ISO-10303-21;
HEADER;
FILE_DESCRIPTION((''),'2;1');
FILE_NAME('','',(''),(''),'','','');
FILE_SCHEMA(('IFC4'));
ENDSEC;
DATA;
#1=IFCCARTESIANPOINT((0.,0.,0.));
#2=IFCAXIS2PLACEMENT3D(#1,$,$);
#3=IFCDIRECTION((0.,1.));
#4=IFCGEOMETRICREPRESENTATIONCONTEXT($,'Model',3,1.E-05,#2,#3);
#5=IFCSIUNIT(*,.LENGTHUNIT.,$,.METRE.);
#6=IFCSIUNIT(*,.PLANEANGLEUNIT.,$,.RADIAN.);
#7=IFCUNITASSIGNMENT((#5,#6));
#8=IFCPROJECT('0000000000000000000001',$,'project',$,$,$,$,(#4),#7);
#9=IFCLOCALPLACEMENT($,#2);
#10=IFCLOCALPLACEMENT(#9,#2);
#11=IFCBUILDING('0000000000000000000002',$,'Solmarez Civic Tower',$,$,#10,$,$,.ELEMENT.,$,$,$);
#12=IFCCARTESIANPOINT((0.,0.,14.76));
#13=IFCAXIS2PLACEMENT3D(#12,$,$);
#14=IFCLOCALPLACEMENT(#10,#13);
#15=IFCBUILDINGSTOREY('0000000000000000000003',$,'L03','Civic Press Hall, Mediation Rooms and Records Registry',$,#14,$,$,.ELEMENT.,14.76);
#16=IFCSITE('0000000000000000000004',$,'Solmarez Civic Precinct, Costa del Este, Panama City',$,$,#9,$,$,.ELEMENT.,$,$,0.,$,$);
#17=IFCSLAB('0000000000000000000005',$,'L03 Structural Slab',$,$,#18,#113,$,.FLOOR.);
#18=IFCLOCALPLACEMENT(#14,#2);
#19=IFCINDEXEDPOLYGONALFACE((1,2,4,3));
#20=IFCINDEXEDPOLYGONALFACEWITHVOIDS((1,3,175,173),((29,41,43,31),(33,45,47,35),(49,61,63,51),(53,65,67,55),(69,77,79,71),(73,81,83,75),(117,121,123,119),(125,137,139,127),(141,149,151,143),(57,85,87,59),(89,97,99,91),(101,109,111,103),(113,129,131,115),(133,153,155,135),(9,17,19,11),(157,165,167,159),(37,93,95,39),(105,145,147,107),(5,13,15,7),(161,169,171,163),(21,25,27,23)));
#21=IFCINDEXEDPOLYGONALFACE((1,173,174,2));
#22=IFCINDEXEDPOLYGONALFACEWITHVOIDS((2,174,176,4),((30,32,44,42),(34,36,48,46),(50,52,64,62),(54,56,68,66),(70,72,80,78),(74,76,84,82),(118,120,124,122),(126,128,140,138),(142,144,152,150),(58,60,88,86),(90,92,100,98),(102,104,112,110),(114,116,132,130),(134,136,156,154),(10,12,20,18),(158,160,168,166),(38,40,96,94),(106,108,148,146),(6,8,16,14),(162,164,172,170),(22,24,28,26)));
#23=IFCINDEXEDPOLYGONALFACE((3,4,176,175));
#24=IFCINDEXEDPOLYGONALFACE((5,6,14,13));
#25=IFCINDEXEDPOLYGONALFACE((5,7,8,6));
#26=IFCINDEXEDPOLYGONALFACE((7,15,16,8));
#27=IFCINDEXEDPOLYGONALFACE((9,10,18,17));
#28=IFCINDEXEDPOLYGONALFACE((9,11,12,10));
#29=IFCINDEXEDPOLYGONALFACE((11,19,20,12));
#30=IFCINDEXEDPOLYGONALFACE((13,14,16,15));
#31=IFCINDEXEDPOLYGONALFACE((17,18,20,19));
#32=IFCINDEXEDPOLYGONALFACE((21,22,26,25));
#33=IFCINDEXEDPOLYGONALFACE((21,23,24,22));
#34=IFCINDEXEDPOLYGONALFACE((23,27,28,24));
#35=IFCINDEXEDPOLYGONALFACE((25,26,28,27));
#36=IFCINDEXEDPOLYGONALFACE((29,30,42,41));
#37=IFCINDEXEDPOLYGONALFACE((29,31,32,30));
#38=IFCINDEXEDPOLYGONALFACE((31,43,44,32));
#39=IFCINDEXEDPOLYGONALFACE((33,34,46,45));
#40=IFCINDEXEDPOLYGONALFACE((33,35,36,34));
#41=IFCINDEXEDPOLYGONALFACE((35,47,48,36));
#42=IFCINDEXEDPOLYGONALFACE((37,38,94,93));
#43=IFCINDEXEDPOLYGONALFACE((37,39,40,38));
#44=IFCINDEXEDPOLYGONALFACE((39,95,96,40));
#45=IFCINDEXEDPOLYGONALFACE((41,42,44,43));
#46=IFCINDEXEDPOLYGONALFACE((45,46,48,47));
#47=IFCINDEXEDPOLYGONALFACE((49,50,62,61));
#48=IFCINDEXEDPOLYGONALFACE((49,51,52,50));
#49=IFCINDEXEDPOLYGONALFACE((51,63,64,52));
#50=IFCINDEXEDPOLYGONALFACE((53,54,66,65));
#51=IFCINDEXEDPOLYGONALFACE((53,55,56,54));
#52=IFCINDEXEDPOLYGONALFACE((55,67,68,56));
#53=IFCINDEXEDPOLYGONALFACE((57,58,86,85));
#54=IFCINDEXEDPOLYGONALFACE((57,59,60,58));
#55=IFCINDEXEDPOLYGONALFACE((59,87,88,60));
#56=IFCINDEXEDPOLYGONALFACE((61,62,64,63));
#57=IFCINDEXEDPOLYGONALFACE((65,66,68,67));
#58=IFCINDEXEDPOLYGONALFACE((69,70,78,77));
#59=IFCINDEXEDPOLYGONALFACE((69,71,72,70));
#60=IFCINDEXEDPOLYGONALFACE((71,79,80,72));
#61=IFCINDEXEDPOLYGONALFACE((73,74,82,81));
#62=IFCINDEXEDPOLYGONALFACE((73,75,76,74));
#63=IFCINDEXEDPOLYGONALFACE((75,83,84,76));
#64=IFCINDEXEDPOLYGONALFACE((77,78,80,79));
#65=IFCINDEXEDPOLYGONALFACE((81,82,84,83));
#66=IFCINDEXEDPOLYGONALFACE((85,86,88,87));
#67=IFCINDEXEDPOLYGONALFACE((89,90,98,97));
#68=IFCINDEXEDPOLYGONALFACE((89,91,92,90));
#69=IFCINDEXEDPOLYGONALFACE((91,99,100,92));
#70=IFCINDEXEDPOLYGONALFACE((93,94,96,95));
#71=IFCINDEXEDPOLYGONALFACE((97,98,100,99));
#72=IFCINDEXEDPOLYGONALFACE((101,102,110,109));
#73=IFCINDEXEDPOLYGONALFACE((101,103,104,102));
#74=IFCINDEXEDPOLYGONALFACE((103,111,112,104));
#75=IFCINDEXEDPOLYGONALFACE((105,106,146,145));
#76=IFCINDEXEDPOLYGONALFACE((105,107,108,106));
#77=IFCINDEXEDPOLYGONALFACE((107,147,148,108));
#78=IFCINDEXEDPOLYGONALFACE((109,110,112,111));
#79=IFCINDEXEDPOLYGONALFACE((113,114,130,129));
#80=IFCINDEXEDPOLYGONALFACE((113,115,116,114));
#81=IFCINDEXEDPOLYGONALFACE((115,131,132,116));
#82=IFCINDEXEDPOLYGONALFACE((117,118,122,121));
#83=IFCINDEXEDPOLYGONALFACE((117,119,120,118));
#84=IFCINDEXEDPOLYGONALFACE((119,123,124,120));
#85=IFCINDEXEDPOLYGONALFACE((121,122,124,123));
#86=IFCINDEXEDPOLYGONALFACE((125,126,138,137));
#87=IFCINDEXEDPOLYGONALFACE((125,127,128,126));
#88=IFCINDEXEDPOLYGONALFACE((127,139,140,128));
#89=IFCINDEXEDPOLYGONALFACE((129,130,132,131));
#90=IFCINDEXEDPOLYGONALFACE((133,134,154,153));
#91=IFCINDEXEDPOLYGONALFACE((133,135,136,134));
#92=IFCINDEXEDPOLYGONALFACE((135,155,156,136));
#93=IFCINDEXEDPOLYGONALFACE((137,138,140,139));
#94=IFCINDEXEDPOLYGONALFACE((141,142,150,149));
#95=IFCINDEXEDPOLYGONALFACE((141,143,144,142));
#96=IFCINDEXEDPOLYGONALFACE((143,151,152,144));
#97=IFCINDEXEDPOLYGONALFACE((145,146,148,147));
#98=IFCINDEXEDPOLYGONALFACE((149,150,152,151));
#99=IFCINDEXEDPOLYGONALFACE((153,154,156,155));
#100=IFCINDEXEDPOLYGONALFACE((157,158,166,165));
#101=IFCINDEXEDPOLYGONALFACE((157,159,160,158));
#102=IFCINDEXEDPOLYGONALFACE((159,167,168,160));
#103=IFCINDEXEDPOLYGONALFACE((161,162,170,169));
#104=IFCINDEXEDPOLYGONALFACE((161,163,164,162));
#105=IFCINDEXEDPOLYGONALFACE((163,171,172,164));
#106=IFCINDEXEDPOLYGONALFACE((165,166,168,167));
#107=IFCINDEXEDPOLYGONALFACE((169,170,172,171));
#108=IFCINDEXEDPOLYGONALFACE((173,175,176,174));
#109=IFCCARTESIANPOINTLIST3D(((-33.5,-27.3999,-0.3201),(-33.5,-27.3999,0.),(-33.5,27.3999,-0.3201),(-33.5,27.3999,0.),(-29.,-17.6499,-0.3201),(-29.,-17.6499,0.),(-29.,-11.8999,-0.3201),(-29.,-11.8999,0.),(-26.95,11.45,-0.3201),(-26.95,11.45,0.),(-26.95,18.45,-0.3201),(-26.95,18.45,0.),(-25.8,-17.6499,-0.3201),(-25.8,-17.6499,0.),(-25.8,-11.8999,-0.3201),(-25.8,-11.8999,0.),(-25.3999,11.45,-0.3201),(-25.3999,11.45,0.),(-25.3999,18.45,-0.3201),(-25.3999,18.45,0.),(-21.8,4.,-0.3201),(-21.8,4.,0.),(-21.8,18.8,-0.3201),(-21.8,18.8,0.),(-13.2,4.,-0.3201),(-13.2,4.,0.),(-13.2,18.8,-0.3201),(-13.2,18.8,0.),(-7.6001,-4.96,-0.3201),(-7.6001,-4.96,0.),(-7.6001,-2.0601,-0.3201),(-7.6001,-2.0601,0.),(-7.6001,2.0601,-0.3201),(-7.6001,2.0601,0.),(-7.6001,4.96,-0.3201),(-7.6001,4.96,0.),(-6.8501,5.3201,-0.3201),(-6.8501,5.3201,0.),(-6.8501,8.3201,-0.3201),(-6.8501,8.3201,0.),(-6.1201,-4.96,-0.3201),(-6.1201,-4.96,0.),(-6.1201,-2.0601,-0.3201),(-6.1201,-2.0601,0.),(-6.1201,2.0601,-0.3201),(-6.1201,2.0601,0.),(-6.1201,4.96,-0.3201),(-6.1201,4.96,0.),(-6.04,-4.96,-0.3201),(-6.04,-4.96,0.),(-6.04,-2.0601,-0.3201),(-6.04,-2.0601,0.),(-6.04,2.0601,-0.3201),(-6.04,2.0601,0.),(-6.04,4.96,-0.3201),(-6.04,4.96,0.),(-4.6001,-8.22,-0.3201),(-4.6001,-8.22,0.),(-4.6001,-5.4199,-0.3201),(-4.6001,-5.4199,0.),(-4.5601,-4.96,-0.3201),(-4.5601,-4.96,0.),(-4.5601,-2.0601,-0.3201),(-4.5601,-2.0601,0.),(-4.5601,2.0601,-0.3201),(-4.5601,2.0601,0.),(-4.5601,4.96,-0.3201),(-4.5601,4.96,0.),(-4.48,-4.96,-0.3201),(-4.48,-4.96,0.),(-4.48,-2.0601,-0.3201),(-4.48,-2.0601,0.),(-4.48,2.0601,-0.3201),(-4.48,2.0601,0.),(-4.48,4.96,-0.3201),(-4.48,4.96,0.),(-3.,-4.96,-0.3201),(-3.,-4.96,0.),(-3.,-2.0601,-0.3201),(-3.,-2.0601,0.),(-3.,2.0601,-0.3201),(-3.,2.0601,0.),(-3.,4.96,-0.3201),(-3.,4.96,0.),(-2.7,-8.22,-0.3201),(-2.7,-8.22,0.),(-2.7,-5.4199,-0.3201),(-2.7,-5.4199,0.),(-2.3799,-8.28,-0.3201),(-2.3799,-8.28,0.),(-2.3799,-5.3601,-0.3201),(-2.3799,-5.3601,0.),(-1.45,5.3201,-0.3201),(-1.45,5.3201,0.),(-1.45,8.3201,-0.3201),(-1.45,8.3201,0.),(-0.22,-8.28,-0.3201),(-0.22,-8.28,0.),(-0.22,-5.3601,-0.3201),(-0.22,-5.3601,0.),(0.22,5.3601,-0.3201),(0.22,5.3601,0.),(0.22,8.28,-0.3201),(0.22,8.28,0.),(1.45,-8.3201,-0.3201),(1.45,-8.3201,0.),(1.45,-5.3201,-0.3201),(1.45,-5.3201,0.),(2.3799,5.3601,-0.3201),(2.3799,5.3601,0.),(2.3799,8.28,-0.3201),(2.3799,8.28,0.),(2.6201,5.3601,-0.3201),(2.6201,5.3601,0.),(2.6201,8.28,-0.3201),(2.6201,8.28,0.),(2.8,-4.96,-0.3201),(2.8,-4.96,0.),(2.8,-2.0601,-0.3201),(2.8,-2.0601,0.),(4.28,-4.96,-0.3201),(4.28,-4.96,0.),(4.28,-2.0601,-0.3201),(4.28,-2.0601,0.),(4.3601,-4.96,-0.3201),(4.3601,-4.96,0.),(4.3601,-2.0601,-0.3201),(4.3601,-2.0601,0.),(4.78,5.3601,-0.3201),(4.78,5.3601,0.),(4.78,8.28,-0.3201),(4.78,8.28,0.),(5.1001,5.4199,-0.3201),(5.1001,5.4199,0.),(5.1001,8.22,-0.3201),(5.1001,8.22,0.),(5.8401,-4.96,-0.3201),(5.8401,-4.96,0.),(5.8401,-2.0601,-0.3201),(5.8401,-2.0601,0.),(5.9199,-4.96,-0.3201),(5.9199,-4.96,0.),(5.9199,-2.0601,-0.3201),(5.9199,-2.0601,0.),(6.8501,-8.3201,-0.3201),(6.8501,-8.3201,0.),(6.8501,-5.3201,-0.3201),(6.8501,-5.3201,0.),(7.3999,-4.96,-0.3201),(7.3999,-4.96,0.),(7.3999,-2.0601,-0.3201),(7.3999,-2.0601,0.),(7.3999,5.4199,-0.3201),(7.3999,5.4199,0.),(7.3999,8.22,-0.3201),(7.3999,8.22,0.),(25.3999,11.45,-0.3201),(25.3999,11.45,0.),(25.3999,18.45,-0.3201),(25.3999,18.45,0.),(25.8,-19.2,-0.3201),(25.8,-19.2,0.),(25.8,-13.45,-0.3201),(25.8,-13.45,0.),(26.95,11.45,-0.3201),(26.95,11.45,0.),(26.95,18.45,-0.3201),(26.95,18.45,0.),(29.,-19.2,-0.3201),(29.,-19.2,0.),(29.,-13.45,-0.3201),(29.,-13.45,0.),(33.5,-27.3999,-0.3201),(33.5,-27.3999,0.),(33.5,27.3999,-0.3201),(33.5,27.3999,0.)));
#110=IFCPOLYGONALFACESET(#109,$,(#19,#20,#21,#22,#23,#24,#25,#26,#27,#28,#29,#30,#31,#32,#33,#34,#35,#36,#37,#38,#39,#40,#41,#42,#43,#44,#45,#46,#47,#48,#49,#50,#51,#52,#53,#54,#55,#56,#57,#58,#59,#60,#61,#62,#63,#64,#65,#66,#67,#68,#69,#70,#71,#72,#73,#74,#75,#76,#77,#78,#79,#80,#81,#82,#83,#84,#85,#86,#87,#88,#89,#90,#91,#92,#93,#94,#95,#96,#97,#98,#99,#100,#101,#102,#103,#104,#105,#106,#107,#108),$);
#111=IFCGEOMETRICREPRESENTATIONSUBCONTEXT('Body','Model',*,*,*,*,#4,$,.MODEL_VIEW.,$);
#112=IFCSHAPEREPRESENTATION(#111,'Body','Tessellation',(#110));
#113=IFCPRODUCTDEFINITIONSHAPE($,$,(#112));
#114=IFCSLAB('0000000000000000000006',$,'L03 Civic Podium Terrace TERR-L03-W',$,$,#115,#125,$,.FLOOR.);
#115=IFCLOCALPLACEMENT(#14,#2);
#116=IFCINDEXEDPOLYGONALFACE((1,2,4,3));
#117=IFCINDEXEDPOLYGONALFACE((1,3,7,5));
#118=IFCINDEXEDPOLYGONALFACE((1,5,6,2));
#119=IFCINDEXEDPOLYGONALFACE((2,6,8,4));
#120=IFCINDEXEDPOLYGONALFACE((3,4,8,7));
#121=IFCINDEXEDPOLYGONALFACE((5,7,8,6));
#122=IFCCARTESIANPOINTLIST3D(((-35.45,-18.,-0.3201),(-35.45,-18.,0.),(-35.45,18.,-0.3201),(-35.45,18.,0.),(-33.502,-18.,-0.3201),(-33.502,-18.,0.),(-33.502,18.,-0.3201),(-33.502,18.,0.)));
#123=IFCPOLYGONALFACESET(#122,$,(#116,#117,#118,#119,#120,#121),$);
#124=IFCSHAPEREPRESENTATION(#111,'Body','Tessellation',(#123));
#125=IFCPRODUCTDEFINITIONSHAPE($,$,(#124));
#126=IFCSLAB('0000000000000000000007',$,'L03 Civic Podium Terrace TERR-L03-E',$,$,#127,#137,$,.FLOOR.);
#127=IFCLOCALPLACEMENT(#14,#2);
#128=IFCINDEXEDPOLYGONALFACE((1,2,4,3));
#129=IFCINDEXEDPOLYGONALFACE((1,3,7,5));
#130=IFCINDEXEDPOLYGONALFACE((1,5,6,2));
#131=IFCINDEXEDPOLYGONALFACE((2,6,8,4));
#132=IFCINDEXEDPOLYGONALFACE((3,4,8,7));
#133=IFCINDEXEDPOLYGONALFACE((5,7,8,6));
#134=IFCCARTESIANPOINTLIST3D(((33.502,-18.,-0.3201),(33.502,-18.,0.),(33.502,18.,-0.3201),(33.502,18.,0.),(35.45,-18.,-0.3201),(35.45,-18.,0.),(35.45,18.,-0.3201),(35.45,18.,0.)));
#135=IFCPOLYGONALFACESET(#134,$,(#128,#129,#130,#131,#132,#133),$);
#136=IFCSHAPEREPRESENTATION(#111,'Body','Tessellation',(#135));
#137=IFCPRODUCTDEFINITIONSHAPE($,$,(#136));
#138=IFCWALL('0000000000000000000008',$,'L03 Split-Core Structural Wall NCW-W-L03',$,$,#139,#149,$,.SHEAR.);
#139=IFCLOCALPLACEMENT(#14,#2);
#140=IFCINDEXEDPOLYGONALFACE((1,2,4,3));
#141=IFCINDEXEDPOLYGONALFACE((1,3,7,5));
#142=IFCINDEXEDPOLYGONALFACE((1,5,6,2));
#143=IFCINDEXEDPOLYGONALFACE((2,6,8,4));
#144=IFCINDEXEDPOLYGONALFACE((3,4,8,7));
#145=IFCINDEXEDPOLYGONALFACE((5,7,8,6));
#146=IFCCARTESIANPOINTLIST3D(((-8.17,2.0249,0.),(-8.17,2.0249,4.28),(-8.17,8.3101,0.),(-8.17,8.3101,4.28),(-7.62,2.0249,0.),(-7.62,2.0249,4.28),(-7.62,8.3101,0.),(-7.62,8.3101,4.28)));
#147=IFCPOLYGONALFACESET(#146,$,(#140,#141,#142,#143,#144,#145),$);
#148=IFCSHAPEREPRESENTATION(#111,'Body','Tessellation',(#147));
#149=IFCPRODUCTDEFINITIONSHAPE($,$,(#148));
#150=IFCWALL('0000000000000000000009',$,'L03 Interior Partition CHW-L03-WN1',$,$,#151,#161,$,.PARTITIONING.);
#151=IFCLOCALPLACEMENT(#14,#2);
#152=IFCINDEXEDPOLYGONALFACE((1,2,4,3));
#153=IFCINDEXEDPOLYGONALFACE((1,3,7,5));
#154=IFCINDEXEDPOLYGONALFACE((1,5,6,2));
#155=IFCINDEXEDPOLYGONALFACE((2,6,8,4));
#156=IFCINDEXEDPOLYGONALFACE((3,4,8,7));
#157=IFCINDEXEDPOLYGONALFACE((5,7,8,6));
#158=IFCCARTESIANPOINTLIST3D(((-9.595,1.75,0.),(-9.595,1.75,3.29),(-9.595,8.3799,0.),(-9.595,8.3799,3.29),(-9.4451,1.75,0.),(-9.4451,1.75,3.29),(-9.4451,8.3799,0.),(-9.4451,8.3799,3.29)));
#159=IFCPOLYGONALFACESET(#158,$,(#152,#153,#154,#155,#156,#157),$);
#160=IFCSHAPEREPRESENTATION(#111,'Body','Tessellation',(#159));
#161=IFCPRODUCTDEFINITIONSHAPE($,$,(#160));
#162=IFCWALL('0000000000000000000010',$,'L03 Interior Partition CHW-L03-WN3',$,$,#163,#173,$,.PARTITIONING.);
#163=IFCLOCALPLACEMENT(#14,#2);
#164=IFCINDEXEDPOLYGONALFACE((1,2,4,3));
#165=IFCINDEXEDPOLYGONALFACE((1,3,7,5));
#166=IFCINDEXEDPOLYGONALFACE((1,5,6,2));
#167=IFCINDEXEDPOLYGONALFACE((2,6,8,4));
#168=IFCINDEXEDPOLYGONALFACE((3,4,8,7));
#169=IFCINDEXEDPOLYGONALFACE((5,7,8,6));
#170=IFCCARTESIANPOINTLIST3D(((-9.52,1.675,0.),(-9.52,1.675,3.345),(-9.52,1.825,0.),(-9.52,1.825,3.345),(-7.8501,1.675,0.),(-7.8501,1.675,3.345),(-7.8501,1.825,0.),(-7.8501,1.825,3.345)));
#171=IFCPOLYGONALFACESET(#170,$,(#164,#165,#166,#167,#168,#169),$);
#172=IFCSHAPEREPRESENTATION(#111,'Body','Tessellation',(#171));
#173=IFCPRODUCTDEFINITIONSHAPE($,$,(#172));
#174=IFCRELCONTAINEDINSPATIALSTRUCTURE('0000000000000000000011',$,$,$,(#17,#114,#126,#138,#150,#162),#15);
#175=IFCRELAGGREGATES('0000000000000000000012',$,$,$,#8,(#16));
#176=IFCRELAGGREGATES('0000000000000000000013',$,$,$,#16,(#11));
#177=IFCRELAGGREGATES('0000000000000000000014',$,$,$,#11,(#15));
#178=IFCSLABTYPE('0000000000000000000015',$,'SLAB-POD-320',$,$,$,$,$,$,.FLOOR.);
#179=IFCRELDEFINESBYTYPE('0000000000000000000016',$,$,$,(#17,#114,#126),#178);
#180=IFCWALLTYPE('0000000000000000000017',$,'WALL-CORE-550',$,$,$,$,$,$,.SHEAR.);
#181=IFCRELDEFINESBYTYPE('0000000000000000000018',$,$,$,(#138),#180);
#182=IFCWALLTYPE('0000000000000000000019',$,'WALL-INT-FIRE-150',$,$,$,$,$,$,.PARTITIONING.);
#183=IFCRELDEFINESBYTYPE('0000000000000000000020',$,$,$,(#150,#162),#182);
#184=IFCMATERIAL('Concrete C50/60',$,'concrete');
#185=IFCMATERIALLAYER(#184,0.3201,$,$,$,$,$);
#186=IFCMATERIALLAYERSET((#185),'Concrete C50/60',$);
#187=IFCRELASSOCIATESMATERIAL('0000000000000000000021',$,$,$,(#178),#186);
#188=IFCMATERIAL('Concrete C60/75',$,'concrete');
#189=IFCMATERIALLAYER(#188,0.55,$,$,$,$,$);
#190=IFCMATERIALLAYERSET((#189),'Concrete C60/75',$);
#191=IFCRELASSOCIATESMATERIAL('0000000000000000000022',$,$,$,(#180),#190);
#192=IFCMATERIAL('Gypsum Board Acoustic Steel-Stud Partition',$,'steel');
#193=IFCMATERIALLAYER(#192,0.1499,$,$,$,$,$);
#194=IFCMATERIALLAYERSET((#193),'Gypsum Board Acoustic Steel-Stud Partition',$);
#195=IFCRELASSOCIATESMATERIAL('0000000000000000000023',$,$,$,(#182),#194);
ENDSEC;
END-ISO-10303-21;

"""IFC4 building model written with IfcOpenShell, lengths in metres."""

from ifc_helpers import new_model, si_unit, direction, frame, frame_2d, origin, place, context, subcontext, project, spatial, polyline, rectangle, outline, extrude, material, layer, layer_set, type_object, element, save


model = new_model("IFC4")

# Units and contexts
model_context = context("Model", 3, precision=1e-05, world=origin(), true_north=direction((0.0, 1.0)))
body_context = subcontext(model_context, "Body", "Model", "MODEL_VIEW")
ifc_project = project(units=[si_unit("LENGTHUNIT", "METRE"), si_unit("PLANEANGLEUNIT", "RADIAN")], contexts=[model_context])

# Site, building, storey
site_placement = place(None, origin())
site = spatial("IfcSite", under=ifc_project, at=site_placement, Name="Solmarez Civic Precinct, Costa del Este, Panama City", CompositionType="ELEMENT", RefElevation=0.0)
building_placement = place(site_placement, origin())
building = spatial("IfcBuilding", under=site, at=building_placement, Name="Solmarez Civic Tower", CompositionType="ELEMENT")
storey_placement = place(building_placement, frame((0.0, 0.0, 14.76)))
storey = spatial("IfcBuildingStorey", under=building, at=storey_placement, Name="L03", Description="Civic Press Hall, Mediation Rooms and Records Registry", CompositionType="ELEMENT", Elevation=14.76)

# Shared definitions
ifc_material_1 = material(Name="Concrete C60/75", Category="concrete")

# Shared definitions
ifc_material_2 = material(Name="Concrete C50/60", Category="concrete")

# Slabs
ifc_layer_1 = layer(ifc_material_2, 0.3201)
ifc_layer_set_1 = layer_set([ifc_layer_1], Name="Concrete C50/60")
slab_type_1 = type_object("IfcSlabType", Name="SLAB-POD-320", PredefinedType="FLOOR", material=ifc_layer_set_1)
slab_1_placement = place(storey_placement, frame((0.0, 0.0, -0.3201)))
element("IfcSlab", 1, at=slab_1_placement, inside=storey, type_object=slab_type_1, Name="L03 Structural Slab", PredefinedType="FLOOR", context=body_context, shape_type="SweptSolid", body=[
    extrude(outline(polyline([(33.5, -27.3999), (33.5, 27.3999), (-33.5, 27.3999), (-33.5, -27.3999), (33.5, -27.3999)]), holes=[polyline([(-1.45, 8.3201), (-6.8501, 8.3201), (-6.8501, 5.3201), (-1.45, 5.3201), (-1.45, 8.3201)]), polyline([(1.45, -8.3201), (6.8501, -8.3201), (6.8501, -5.3201), (1.45, -5.3201), (1.45, -8.3201)]), polyline([(-25.8, -17.6499), (-25.8, -11.8999), (-29.0, -11.8999), (-29.0, -17.6499), (-25.8, -17.6499)]), polyline([(25.8, -13.45), (25.8, -19.2), (29.0, -19.2), (29.0, -13.45), (25.8, -13.45)]), polyline([(0.22, 5.3601), (2.3799, 5.3601), (2.3799, 8.28), (0.22, 8.28), (0.22, 5.3601)]), polyline([(2.6201, 5.3601), (4.78, 5.3601), (4.78, 8.28), (2.6201, 8.28), (2.6201, 5.3601)]), polyline([(-2.3799, -8.28), (-0.22, -8.28), (-0.22, -5.3601), (-2.3799, -5.3601), (-2.3799, -8.28)]), polyline([(2.8, -4.96), (4.28, -4.96), (4.28, -2.0601), (2.8, -2.0601), (2.8, -4.96)]), polyline([(4.3601, -4.96), (5.8401, -4.96), (5.8401, -2.0601), (4.3601, -2.0601), (4.3601, -4.96)]), polyline([(5.9199, -4.96), (7.3999, -4.96), (7.3999, -2.0601), (5.9199, -2.0601), (5.9199, -4.96)]), polyline([(-7.6001, -4.96), (-6.1201, -4.96), (-6.1201, -2.0601), (-7.6001, -2.0601), (-7.6001, -4.96)]), polyline([(-6.04, -4.96), (-4.5601, -4.96), (-4.5601, -2.0601), (-6.04, -2.0601), (-6.04, -4.96)]), polyline([(-4.48, -4.96), (-3.0, -4.96), (-3.0, -2.0601), (-4.48, -2.0601), (-4.48, -4.96)]), polyline([(-7.6001, 2.0601), (-6.1201, 2.0601), (-6.1201, 4.96), (-7.6001, 4.96), (-7.6001, 2.0601)]), polyline([(-6.04, 2.0601), (-4.5601, 2.0601), (-4.5601, 4.96), (-6.04, 4.96), (-6.04, 2.0601)]), polyline([(-4.48, 2.0601), (-3.0, 2.0601), (-3.0, 4.96), (-4.48, 4.96), (-4.48, 2.0601)]), polyline([(5.1001, 5.4199), (7.3999, 5.4199), (7.3999, 8.22), (5.1001, 8.22), (5.1001, 5.4199)]), polyline([(-4.6001, -8.22), (-2.7, -8.22), (-2.7, -5.4199), (-4.6001, -5.4199), (-4.6001, -8.22)]), polyline([(-21.8, 4.0), (-13.2, 4.0), (-13.2, 18.8), (-21.8, 18.8), (-21.8, 4.0)]), polyline([(-26.95, 11.45), (-25.3999, 11.45), (-25.3999, 18.45), (-26.95, 18.45), (-26.95, 11.45)]), polyline([(25.3999, 11.45), (26.95, 11.45), (26.95, 18.45), (25.3999, 18.45), (25.3999, 11.45)])]), origin(), (0.0, 0.0, 1.0), 0.3201),
])
slab_2_placement = place(storey_placement, frame((0.0, 0.0, -0.3201)))
element("IfcSlab", 2, at=slab_2_placement, inside=storey, type_object=slab_type_1, Name="L03 Civic Podium Terrace TERR-L03-W", PredefinedType="FLOOR", context=body_context, shape_type="SweptSolid", body=[
    extrude(outline(polyline([(-35.45, -18.0), (-33.502, -18.0), (-33.502, 18.0), (-35.45, 18.0), (-35.45, -18.0)])), origin(), (0.0, 0.0, 1.0), 0.3201),
])
slab_3_placement = place(storey_placement, frame((0.0, 0.0, -0.3201)))
element("IfcSlab", 3, at=slab_3_placement, inside=storey, type_object=slab_type_1, Name="L03 Civic Podium Terrace TERR-L03-E", PredefinedType="FLOOR", context=body_context, shape_type="SweptSolid", body=[
    extrude(outline(polyline([(33.502, -18.0), (35.45, -18.0), (35.45, 18.0), (33.502, 18.0), (33.502, -18.0)])), origin(), (0.0, 0.0, 1.0), 0.3201),
])

# Wall
ifc_layer_2 = layer(ifc_material_1, 0.55)
ifc_layer_set_2 = layer_set([ifc_layer_2], Name="Concrete C60/75")
wall_type_1 = type_object("IfcWallType", Name="WALL-CORE-550", PredefinedType="SHEAR", material=ifc_layer_set_2)
wall_1_placement = place(storey_placement, frame((-7.895, 2.0249, 0.0), z_axis=(0.0, 0.0, 1.0), x_axis=(0.0, 1.0, 0.0)))
element("IfcWall", 4, at=wall_1_placement, inside=storey, type_object=wall_type_1, Name="L03 Split-Core Structural Wall NCW-W-L03", PredefinedType="SHEAR", context=body_context, shape_type="SweptSolid", body=[
    extrude(rectangle(XDim=6.2852, YDim=0.55, at=frame_2d((3.1426, 0.0))), origin(), (0.0, 0.0, 1.0), 4.28),
])

# Walls
ifc_material_3 = material(Name="Gypsum Board Acoustic Steel-Stud Partition", Category="steel")
ifc_layer_3 = layer(ifc_material_3, 0.1499)
ifc_layer_set_3 = layer_set([ifc_layer_3], Name="Gypsum Board Acoustic Steel-Stud Partition")
wall_type_2 = type_object("IfcWallType", Name="WALL-INT-FIRE-150", PredefinedType="PARTITIONING", material=ifc_layer_set_3)
wall_2_placement = place(storey_placement, frame((-9.52, 1.75, 0.0), z_axis=(0.0, 0.0, 1.0), x_axis=(0.0, 1.0, 0.0)))
element("IfcWall", 5, at=wall_2_placement, inside=storey, type_object=wall_type_2, Name="L03 Interior Partition CHW-L03-WN1", PredefinedType="PARTITIONING", context=body_context, shape_type="SweptSolid", body=[
    extrude(rectangle(XDim=6.6299, YDim=0.1499, at=frame_2d((3.3149, 0.0))), origin(), (0.0, 0.0, 1.0), 3.29),
])
for number, where, z_axis, x_axis, name in (
    (6, (-7.8501, 1.75, 0.0), (0.0, 0.0, 1.0), (-1.0, 0.0, 0.0), "L03 Interior Partition CHW-L03-WN3"),
):
    element("IfcWall", number, at=place(storey_placement, frame(where, z_axis=z_axis, x_axis=x_axis)), inside=storey, type_object=wall_type_2, Name=name, PredefinedType="PARTITIONING", context=body_context, shape_type="SweptSolid", body=[
        extrude(rectangle(XDim=1.6699, YDim=0.1499, at=frame_2d((0.835, 0.0))), origin(), (0.0, 0.0, 1.0), 3.345),
    ])

save(model, "model.ifc")
